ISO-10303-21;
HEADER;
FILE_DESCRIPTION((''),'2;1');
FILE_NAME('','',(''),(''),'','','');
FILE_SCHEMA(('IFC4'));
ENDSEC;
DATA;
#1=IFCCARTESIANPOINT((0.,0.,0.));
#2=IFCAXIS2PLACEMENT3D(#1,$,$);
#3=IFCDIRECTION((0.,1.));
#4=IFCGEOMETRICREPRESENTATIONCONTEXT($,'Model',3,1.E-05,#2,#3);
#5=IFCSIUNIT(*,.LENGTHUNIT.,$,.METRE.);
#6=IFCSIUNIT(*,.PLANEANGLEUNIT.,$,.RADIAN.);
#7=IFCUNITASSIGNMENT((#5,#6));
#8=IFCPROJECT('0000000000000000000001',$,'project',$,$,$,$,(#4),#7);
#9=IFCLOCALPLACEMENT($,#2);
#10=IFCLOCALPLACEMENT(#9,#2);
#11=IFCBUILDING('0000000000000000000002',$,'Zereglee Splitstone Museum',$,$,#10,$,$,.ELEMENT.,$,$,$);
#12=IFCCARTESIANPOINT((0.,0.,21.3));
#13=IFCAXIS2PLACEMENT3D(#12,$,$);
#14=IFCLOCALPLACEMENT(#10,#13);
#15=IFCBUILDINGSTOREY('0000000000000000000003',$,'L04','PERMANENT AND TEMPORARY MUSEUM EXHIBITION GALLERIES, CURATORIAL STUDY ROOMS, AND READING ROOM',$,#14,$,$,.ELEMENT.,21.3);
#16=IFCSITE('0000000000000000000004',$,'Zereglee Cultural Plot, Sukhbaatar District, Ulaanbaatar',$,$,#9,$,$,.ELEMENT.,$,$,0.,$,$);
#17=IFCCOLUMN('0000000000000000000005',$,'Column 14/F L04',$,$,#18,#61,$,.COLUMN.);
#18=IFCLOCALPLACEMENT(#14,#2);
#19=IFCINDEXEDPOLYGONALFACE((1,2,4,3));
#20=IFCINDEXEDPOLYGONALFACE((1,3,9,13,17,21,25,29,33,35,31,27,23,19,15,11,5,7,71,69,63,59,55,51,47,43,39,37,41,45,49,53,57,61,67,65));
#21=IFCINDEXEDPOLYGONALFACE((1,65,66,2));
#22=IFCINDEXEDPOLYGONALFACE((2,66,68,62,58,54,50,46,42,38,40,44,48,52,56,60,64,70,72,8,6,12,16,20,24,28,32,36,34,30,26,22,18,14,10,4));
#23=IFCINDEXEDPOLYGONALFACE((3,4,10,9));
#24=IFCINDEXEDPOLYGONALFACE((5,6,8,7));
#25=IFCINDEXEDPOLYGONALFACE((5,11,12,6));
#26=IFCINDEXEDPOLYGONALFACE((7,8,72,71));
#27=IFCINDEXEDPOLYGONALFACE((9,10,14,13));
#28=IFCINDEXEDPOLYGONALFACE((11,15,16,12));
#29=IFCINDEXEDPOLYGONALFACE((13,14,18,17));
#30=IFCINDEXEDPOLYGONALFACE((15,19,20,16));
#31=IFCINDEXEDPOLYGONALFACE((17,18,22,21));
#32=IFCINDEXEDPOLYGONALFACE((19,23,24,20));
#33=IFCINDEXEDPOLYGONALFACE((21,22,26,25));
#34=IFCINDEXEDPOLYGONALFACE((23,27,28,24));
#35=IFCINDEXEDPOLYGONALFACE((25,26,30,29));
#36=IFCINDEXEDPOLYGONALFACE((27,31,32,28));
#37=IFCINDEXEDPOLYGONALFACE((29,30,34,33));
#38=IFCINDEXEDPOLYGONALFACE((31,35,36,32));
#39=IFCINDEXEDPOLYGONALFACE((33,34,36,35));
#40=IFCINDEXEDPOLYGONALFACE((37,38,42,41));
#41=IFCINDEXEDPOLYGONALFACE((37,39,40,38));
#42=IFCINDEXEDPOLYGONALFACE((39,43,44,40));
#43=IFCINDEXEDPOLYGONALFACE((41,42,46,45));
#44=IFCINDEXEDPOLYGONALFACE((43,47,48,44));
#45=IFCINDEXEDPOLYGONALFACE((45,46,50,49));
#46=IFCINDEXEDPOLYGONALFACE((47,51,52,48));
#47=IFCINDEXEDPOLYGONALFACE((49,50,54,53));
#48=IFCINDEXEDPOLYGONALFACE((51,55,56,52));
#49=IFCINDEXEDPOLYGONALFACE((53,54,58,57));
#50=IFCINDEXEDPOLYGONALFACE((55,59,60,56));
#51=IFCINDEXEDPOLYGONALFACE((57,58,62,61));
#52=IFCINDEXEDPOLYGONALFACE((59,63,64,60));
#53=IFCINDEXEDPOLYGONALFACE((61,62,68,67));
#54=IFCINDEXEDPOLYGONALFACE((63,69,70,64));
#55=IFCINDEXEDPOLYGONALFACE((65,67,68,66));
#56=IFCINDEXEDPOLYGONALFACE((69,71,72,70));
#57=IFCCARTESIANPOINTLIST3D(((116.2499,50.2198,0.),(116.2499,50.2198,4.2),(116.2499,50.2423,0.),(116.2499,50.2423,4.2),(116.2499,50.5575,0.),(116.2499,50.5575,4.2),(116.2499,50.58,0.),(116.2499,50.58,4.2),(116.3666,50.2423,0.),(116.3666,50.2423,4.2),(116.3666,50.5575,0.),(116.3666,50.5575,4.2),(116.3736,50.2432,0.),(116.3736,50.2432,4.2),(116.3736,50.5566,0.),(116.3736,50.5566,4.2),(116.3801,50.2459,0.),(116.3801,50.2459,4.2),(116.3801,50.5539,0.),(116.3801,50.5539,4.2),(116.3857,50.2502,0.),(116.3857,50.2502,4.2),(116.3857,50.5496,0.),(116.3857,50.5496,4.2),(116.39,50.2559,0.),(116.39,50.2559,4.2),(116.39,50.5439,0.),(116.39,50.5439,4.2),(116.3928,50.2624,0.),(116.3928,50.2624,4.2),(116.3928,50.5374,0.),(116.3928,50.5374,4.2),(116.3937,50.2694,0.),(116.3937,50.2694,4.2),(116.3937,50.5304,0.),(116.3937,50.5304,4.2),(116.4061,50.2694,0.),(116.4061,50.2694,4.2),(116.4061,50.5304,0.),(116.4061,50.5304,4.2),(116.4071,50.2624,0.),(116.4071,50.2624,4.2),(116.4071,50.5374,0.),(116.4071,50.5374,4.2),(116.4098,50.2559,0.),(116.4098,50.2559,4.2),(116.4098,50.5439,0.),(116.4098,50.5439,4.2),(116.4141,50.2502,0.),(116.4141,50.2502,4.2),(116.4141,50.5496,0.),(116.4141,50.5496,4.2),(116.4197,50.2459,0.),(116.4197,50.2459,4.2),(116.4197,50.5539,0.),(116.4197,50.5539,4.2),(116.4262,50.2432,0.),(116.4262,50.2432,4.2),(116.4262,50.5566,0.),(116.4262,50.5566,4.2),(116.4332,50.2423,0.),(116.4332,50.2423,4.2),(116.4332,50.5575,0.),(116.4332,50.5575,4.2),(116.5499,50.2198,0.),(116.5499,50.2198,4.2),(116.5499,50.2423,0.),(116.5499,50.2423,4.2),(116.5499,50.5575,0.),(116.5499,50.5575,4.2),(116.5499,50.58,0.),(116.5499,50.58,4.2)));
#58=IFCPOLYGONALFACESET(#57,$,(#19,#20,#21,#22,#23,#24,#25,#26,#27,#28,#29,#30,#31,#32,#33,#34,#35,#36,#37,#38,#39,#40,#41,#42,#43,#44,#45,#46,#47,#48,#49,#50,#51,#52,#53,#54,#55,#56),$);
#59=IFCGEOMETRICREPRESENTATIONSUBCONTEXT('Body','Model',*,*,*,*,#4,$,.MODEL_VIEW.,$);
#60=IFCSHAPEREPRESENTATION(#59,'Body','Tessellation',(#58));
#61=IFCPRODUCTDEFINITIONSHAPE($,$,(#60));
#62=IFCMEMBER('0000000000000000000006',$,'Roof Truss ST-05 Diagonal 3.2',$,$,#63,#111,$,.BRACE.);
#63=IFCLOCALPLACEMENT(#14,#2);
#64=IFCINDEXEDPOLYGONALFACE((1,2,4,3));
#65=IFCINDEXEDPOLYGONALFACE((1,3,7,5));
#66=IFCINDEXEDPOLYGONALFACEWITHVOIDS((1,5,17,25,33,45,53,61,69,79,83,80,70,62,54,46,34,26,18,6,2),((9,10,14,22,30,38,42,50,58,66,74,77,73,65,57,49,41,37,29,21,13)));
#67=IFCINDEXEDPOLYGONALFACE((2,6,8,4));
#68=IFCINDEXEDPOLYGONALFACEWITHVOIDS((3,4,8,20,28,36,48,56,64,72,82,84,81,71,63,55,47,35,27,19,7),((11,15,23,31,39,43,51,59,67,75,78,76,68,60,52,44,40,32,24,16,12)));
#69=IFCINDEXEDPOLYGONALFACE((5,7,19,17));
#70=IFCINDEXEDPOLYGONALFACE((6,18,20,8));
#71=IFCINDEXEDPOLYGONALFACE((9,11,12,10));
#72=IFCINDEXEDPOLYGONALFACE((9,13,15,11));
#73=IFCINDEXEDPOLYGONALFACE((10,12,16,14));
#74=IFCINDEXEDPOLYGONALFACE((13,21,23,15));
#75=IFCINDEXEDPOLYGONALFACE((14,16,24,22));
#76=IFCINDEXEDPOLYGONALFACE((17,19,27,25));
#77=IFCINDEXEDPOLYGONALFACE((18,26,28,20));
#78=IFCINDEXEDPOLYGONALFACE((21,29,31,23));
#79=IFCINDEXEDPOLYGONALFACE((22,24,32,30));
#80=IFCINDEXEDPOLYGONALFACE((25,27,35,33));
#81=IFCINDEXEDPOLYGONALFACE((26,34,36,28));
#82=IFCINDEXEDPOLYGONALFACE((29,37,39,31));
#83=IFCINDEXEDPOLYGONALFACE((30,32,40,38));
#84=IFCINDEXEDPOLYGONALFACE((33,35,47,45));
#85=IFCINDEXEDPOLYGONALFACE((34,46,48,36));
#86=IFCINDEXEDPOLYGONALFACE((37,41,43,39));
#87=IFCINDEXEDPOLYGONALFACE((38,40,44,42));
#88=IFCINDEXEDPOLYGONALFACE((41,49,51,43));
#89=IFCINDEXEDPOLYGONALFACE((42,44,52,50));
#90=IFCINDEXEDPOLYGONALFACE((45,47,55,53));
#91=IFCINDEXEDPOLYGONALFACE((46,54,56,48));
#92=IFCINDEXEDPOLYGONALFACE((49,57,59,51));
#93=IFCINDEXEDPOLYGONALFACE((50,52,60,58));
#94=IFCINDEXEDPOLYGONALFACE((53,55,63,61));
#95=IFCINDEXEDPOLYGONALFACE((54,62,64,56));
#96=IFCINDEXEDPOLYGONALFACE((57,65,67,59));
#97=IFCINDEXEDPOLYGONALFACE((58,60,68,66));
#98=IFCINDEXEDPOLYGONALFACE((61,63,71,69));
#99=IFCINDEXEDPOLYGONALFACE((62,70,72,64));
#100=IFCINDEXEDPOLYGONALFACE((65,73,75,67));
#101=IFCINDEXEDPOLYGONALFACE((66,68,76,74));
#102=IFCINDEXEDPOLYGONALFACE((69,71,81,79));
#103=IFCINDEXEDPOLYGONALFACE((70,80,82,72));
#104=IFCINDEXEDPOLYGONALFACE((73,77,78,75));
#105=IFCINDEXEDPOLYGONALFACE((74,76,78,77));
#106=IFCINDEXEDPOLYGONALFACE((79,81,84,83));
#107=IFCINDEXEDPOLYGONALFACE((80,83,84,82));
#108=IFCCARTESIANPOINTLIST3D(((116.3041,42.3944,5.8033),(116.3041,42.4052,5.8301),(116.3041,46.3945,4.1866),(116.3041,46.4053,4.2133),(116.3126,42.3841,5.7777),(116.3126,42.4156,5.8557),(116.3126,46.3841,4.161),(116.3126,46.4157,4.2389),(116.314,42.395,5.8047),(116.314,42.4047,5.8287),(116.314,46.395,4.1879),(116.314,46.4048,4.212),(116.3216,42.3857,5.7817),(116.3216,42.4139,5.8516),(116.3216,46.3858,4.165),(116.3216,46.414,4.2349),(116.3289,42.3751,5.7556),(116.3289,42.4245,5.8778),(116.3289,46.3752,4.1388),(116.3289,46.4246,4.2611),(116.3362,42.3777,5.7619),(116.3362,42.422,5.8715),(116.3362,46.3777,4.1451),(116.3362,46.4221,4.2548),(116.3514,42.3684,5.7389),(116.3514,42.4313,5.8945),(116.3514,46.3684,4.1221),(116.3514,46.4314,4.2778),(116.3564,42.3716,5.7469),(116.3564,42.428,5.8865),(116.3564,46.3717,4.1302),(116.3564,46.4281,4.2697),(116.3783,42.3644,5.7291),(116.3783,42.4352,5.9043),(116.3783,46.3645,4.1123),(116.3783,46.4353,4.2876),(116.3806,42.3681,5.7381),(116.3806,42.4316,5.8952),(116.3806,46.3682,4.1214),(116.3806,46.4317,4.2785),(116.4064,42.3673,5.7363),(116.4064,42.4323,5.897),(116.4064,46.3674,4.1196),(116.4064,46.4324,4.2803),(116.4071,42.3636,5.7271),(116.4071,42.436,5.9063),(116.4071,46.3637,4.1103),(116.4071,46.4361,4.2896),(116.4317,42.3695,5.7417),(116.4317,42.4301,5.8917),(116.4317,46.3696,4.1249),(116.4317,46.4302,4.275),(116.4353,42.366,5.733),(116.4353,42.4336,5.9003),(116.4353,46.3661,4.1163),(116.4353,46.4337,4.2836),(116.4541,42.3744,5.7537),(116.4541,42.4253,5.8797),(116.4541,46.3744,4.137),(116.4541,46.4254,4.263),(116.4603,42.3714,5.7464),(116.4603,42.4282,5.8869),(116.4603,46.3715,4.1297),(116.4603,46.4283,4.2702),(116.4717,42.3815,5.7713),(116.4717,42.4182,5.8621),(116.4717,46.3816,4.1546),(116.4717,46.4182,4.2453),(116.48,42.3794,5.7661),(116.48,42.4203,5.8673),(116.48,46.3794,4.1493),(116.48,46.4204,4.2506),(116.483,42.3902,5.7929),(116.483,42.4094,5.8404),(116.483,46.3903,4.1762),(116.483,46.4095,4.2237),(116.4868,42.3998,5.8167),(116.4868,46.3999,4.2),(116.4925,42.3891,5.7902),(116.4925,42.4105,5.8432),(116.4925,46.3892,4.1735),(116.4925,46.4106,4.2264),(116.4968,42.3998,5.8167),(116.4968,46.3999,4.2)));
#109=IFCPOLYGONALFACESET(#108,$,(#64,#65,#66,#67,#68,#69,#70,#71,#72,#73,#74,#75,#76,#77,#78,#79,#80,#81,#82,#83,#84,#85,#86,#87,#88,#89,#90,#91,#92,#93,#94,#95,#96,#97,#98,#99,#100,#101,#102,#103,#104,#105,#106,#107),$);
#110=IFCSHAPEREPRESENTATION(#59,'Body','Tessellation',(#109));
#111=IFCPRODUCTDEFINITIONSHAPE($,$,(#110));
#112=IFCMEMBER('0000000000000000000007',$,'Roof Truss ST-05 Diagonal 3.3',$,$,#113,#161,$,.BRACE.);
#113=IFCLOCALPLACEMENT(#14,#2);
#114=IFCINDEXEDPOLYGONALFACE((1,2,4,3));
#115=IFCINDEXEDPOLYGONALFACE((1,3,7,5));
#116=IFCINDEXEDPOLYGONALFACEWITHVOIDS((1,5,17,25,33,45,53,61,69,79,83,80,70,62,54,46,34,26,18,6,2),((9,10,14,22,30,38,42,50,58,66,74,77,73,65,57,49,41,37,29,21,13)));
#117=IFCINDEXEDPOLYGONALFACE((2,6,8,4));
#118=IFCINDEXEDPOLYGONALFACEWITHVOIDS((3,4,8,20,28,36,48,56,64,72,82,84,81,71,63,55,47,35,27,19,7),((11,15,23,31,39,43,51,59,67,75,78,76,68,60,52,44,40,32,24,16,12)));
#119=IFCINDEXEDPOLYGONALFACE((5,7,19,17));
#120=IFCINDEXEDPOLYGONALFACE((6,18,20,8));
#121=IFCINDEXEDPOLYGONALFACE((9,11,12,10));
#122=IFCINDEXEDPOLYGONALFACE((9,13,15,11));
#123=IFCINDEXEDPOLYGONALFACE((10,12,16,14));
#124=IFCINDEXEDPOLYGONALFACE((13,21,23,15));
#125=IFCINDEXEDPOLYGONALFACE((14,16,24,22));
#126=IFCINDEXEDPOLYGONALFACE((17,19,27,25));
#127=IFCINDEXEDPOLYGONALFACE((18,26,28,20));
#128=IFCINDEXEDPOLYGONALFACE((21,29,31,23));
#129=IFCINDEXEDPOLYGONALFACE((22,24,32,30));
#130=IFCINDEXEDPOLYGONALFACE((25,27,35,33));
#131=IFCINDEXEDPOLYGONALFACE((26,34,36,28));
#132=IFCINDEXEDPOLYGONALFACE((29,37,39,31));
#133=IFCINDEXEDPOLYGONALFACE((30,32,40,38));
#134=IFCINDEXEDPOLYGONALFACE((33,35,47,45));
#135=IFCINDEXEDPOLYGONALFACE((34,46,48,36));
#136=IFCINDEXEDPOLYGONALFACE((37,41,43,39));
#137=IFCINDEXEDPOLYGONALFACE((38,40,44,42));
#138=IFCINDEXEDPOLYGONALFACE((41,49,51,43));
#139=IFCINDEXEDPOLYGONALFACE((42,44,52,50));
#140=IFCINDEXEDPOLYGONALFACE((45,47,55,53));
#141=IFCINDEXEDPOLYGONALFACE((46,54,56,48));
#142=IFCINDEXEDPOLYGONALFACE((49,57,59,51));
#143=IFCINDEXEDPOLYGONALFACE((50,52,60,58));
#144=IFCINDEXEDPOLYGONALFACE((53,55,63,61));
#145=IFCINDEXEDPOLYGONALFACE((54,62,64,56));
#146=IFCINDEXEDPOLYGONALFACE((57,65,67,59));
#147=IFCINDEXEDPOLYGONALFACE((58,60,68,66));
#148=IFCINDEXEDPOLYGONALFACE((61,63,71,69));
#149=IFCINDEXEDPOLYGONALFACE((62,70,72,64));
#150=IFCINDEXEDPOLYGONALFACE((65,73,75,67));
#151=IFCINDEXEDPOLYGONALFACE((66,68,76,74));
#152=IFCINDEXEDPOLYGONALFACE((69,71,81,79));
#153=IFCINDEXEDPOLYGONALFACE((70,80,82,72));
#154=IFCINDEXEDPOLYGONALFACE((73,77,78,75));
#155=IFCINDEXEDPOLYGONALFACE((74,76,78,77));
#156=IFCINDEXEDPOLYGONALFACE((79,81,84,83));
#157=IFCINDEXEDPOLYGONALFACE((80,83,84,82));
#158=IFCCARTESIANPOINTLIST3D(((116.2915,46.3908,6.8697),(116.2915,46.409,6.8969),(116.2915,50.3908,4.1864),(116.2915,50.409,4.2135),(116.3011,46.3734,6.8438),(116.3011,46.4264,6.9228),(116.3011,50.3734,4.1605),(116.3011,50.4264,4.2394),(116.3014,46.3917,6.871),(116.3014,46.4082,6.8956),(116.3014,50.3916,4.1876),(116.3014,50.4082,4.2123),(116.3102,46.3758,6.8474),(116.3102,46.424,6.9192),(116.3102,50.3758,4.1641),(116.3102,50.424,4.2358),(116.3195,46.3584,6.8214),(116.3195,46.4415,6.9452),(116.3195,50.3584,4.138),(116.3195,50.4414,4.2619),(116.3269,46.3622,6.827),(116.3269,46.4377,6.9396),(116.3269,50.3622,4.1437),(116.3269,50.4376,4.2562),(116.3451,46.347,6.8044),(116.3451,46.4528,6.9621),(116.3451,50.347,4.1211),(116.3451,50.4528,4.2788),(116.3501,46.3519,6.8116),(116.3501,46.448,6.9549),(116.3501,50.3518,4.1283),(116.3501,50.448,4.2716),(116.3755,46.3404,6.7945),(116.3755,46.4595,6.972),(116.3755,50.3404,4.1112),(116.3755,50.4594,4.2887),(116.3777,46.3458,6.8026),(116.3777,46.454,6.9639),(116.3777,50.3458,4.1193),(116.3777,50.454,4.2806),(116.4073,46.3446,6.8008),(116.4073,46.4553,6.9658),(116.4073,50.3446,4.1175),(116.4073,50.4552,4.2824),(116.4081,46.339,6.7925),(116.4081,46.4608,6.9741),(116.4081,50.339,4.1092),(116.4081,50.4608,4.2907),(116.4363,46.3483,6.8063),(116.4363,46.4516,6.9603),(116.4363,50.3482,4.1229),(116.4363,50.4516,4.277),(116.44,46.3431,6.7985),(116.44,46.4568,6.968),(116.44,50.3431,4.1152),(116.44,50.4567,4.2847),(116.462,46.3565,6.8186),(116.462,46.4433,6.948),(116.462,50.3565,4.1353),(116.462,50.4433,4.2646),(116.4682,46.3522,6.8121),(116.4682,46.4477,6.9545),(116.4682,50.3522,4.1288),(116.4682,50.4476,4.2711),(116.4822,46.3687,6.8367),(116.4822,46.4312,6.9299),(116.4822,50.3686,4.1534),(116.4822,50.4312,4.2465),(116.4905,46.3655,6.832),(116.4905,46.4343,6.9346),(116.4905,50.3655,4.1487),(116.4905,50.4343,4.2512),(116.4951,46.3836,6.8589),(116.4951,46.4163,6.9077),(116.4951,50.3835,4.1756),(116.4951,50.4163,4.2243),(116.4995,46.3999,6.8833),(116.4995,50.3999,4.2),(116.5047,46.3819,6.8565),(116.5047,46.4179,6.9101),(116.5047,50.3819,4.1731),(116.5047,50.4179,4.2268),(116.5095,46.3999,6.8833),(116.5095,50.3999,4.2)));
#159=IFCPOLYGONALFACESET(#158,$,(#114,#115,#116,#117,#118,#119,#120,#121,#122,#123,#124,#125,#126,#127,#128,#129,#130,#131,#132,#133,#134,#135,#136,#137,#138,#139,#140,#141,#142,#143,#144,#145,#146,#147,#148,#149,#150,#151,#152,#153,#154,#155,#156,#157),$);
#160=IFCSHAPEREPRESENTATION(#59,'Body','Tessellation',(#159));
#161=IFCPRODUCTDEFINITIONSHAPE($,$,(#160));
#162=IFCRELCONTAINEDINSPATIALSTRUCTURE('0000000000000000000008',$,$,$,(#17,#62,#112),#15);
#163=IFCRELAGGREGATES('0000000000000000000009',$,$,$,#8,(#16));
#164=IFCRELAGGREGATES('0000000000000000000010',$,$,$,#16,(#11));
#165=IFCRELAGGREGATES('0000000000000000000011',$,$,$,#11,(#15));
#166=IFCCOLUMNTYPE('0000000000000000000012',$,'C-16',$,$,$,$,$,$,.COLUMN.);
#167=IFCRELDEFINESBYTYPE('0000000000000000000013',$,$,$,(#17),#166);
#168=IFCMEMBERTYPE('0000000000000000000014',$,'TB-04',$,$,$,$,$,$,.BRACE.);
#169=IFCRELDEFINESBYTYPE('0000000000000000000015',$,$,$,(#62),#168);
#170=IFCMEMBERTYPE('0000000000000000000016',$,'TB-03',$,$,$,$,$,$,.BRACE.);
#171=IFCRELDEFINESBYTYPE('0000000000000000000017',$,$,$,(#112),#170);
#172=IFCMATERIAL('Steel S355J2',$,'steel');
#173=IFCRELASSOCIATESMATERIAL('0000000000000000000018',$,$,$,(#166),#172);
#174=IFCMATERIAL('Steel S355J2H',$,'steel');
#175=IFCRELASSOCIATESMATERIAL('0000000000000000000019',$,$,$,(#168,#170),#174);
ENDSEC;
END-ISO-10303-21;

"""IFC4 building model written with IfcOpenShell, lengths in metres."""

from ifc_helpers import new_model, si_unit, direction, frame, origin, origin_2d, place, context, subcontext, project, spatial, hollow_circle, i_section, extrude, material, material_profile, profile_set, type_object, element, save


model = new_model("IFC4")

# Units and contexts
model_context = context("Model", 3, precision=1e-05, world=origin(), true_north=direction((0.0, 1.0)))
body_context = subcontext(model_context, "Body", "Model", "MODEL_VIEW")
ifc_project = project(units=[si_unit("LENGTHUNIT", "METRE"), si_unit("PLANEANGLEUNIT", "RADIAN")], contexts=[model_context])

# Site, building, storey
site_placement = place(None, origin())
site = spatial("IfcSite", under=ifc_project, at=site_placement, Name="Zereglee Cultural Plot, Sukhbaatar District, Ulaanbaatar", CompositionType="ELEMENT", RefElevation=0.0)
building_placement = place(site_placement, origin())
building = spatial("IfcBuilding", under=site, at=building_placement, Name="Zereglee Splitstone Museum", CompositionType="ELEMENT")
storey_placement = place(building_placement, frame((0.0, 0.0, 21.3)))
storey = spatial("IfcBuildingStorey", under=building, at=storey_placement, Name="L04", Description="PERMANENT AND TEMPORARY MUSEUM EXHIBITION GALLERIES, CURATORIAL STUDY ROOMS, AND READING ROOM", CompositionType="ELEMENT", Elevation=21.3)

# Column
ifc_material_1 = material(Name="Steel S355J2", Category="steel")
ifc_material_profile_1 = material_profile(ifc_material_1, i_section(OverallWidth=0.3, OverallDepth=0.3601, WebThickness=0.0125, FlangeThickness=0.0225, FilletRadius=0.0271, at=origin_2d()), Name="HE 360 B")
ifc_profile_set_1 = profile_set([ifc_material_profile_1], Name="Steel S355J2")
column_type = type_object("IfcColumnType", Name="C-16", PredefinedType="COLUMN", material=ifc_profile_set_1)
column_placement = place(storey_placement, frame((116.3999, 50.3999, 0.0), z_axis=(0.0, 0.0, 1.0), x_axis=(1.0, 0.0, 0.0)))
element("IfcColumn", 1, at=column_placement, inside=storey, type_object=column_type, Name="Column 14/F L04", PredefinedType="COLUMN", context=body_context, shape_type="SweptSolid", body=[
    extrude(i_section(OverallWidth=0.3, OverallDepth=0.3601, WebThickness=0.0125, FlangeThickness=0.0225, FilletRadius=0.0271, at=origin_2d()), origin(), (0.0, 0.0, 1.0), 4.2),
])

# Members
ifc_material_2 = material(Name="Steel S355J2H", Category="steel")
ifc_material_profile_2 = material_profile(ifc_material_2, hollow_circle(Radius=0.0969, WallThickness=0.01, at=origin_2d()), Name="CHS 193.7x10")
ifc_profile_set_2 = profile_set([ifc_material_profile_2], Name="Steel S355J2H")
member_type_1 = type_object("IfcMemberType", Name="TB-04", PredefinedType="BRACE", material=ifc_profile_set_2)
member_1_placement = place(storey_placement, frame((116.3999, 46.3999, 4.2), z_axis=(0.0, -0.927136, 0.374725), x_axis=(1.0, 0.0, 0.0)))
element("IfcMember", 2, at=member_1_placement, inside=storey, type_object=member_type_1, Name="Roof Truss ST-05 Diagonal 3.2", PredefinedType="BRACE", context=body_context, shape_type="SweptSolid", body=[
    extrude(hollow_circle(Radius=0.0969, WallThickness=0.01, at=origin_2d()), origin(), (0.0, 0.0, 1.0), 4.3145),
])
ifc_material_profile_3 = material_profile(ifc_material_2, hollow_circle(Radius=0.1096, WallThickness=0.01, at=origin_2d()), Name="CHS 219.1x10")
ifc_profile_set_3 = profile_set([ifc_material_profile_3], Name="Steel S355J2H")
member_type_2 = type_object("IfcMemberType", Name="TB-03", PredefinedType="BRACE", material=ifc_profile_set_3)
member_2_placement = place(storey_placement, frame((116.3999, 50.3999, 4.2), z_axis=(0.0, -0.830448, 0.557096), x_axis=(1.0, 0.0, 0.0)))
element("IfcMember", 3, at=member_2_placement, inside=storey, type_object=member_type_2, Name="Roof Truss ST-05 Diagonal 3.3", PredefinedType="BRACE", context=body_context, shape_type="SweptSolid", body=[
    extrude(hollow_circle(Radius=0.1096, WallThickness=0.01, at=origin_2d()), origin(), (0.0, 0.0, 1.0), 4.8167),
])

save(model, "model.ifc")
